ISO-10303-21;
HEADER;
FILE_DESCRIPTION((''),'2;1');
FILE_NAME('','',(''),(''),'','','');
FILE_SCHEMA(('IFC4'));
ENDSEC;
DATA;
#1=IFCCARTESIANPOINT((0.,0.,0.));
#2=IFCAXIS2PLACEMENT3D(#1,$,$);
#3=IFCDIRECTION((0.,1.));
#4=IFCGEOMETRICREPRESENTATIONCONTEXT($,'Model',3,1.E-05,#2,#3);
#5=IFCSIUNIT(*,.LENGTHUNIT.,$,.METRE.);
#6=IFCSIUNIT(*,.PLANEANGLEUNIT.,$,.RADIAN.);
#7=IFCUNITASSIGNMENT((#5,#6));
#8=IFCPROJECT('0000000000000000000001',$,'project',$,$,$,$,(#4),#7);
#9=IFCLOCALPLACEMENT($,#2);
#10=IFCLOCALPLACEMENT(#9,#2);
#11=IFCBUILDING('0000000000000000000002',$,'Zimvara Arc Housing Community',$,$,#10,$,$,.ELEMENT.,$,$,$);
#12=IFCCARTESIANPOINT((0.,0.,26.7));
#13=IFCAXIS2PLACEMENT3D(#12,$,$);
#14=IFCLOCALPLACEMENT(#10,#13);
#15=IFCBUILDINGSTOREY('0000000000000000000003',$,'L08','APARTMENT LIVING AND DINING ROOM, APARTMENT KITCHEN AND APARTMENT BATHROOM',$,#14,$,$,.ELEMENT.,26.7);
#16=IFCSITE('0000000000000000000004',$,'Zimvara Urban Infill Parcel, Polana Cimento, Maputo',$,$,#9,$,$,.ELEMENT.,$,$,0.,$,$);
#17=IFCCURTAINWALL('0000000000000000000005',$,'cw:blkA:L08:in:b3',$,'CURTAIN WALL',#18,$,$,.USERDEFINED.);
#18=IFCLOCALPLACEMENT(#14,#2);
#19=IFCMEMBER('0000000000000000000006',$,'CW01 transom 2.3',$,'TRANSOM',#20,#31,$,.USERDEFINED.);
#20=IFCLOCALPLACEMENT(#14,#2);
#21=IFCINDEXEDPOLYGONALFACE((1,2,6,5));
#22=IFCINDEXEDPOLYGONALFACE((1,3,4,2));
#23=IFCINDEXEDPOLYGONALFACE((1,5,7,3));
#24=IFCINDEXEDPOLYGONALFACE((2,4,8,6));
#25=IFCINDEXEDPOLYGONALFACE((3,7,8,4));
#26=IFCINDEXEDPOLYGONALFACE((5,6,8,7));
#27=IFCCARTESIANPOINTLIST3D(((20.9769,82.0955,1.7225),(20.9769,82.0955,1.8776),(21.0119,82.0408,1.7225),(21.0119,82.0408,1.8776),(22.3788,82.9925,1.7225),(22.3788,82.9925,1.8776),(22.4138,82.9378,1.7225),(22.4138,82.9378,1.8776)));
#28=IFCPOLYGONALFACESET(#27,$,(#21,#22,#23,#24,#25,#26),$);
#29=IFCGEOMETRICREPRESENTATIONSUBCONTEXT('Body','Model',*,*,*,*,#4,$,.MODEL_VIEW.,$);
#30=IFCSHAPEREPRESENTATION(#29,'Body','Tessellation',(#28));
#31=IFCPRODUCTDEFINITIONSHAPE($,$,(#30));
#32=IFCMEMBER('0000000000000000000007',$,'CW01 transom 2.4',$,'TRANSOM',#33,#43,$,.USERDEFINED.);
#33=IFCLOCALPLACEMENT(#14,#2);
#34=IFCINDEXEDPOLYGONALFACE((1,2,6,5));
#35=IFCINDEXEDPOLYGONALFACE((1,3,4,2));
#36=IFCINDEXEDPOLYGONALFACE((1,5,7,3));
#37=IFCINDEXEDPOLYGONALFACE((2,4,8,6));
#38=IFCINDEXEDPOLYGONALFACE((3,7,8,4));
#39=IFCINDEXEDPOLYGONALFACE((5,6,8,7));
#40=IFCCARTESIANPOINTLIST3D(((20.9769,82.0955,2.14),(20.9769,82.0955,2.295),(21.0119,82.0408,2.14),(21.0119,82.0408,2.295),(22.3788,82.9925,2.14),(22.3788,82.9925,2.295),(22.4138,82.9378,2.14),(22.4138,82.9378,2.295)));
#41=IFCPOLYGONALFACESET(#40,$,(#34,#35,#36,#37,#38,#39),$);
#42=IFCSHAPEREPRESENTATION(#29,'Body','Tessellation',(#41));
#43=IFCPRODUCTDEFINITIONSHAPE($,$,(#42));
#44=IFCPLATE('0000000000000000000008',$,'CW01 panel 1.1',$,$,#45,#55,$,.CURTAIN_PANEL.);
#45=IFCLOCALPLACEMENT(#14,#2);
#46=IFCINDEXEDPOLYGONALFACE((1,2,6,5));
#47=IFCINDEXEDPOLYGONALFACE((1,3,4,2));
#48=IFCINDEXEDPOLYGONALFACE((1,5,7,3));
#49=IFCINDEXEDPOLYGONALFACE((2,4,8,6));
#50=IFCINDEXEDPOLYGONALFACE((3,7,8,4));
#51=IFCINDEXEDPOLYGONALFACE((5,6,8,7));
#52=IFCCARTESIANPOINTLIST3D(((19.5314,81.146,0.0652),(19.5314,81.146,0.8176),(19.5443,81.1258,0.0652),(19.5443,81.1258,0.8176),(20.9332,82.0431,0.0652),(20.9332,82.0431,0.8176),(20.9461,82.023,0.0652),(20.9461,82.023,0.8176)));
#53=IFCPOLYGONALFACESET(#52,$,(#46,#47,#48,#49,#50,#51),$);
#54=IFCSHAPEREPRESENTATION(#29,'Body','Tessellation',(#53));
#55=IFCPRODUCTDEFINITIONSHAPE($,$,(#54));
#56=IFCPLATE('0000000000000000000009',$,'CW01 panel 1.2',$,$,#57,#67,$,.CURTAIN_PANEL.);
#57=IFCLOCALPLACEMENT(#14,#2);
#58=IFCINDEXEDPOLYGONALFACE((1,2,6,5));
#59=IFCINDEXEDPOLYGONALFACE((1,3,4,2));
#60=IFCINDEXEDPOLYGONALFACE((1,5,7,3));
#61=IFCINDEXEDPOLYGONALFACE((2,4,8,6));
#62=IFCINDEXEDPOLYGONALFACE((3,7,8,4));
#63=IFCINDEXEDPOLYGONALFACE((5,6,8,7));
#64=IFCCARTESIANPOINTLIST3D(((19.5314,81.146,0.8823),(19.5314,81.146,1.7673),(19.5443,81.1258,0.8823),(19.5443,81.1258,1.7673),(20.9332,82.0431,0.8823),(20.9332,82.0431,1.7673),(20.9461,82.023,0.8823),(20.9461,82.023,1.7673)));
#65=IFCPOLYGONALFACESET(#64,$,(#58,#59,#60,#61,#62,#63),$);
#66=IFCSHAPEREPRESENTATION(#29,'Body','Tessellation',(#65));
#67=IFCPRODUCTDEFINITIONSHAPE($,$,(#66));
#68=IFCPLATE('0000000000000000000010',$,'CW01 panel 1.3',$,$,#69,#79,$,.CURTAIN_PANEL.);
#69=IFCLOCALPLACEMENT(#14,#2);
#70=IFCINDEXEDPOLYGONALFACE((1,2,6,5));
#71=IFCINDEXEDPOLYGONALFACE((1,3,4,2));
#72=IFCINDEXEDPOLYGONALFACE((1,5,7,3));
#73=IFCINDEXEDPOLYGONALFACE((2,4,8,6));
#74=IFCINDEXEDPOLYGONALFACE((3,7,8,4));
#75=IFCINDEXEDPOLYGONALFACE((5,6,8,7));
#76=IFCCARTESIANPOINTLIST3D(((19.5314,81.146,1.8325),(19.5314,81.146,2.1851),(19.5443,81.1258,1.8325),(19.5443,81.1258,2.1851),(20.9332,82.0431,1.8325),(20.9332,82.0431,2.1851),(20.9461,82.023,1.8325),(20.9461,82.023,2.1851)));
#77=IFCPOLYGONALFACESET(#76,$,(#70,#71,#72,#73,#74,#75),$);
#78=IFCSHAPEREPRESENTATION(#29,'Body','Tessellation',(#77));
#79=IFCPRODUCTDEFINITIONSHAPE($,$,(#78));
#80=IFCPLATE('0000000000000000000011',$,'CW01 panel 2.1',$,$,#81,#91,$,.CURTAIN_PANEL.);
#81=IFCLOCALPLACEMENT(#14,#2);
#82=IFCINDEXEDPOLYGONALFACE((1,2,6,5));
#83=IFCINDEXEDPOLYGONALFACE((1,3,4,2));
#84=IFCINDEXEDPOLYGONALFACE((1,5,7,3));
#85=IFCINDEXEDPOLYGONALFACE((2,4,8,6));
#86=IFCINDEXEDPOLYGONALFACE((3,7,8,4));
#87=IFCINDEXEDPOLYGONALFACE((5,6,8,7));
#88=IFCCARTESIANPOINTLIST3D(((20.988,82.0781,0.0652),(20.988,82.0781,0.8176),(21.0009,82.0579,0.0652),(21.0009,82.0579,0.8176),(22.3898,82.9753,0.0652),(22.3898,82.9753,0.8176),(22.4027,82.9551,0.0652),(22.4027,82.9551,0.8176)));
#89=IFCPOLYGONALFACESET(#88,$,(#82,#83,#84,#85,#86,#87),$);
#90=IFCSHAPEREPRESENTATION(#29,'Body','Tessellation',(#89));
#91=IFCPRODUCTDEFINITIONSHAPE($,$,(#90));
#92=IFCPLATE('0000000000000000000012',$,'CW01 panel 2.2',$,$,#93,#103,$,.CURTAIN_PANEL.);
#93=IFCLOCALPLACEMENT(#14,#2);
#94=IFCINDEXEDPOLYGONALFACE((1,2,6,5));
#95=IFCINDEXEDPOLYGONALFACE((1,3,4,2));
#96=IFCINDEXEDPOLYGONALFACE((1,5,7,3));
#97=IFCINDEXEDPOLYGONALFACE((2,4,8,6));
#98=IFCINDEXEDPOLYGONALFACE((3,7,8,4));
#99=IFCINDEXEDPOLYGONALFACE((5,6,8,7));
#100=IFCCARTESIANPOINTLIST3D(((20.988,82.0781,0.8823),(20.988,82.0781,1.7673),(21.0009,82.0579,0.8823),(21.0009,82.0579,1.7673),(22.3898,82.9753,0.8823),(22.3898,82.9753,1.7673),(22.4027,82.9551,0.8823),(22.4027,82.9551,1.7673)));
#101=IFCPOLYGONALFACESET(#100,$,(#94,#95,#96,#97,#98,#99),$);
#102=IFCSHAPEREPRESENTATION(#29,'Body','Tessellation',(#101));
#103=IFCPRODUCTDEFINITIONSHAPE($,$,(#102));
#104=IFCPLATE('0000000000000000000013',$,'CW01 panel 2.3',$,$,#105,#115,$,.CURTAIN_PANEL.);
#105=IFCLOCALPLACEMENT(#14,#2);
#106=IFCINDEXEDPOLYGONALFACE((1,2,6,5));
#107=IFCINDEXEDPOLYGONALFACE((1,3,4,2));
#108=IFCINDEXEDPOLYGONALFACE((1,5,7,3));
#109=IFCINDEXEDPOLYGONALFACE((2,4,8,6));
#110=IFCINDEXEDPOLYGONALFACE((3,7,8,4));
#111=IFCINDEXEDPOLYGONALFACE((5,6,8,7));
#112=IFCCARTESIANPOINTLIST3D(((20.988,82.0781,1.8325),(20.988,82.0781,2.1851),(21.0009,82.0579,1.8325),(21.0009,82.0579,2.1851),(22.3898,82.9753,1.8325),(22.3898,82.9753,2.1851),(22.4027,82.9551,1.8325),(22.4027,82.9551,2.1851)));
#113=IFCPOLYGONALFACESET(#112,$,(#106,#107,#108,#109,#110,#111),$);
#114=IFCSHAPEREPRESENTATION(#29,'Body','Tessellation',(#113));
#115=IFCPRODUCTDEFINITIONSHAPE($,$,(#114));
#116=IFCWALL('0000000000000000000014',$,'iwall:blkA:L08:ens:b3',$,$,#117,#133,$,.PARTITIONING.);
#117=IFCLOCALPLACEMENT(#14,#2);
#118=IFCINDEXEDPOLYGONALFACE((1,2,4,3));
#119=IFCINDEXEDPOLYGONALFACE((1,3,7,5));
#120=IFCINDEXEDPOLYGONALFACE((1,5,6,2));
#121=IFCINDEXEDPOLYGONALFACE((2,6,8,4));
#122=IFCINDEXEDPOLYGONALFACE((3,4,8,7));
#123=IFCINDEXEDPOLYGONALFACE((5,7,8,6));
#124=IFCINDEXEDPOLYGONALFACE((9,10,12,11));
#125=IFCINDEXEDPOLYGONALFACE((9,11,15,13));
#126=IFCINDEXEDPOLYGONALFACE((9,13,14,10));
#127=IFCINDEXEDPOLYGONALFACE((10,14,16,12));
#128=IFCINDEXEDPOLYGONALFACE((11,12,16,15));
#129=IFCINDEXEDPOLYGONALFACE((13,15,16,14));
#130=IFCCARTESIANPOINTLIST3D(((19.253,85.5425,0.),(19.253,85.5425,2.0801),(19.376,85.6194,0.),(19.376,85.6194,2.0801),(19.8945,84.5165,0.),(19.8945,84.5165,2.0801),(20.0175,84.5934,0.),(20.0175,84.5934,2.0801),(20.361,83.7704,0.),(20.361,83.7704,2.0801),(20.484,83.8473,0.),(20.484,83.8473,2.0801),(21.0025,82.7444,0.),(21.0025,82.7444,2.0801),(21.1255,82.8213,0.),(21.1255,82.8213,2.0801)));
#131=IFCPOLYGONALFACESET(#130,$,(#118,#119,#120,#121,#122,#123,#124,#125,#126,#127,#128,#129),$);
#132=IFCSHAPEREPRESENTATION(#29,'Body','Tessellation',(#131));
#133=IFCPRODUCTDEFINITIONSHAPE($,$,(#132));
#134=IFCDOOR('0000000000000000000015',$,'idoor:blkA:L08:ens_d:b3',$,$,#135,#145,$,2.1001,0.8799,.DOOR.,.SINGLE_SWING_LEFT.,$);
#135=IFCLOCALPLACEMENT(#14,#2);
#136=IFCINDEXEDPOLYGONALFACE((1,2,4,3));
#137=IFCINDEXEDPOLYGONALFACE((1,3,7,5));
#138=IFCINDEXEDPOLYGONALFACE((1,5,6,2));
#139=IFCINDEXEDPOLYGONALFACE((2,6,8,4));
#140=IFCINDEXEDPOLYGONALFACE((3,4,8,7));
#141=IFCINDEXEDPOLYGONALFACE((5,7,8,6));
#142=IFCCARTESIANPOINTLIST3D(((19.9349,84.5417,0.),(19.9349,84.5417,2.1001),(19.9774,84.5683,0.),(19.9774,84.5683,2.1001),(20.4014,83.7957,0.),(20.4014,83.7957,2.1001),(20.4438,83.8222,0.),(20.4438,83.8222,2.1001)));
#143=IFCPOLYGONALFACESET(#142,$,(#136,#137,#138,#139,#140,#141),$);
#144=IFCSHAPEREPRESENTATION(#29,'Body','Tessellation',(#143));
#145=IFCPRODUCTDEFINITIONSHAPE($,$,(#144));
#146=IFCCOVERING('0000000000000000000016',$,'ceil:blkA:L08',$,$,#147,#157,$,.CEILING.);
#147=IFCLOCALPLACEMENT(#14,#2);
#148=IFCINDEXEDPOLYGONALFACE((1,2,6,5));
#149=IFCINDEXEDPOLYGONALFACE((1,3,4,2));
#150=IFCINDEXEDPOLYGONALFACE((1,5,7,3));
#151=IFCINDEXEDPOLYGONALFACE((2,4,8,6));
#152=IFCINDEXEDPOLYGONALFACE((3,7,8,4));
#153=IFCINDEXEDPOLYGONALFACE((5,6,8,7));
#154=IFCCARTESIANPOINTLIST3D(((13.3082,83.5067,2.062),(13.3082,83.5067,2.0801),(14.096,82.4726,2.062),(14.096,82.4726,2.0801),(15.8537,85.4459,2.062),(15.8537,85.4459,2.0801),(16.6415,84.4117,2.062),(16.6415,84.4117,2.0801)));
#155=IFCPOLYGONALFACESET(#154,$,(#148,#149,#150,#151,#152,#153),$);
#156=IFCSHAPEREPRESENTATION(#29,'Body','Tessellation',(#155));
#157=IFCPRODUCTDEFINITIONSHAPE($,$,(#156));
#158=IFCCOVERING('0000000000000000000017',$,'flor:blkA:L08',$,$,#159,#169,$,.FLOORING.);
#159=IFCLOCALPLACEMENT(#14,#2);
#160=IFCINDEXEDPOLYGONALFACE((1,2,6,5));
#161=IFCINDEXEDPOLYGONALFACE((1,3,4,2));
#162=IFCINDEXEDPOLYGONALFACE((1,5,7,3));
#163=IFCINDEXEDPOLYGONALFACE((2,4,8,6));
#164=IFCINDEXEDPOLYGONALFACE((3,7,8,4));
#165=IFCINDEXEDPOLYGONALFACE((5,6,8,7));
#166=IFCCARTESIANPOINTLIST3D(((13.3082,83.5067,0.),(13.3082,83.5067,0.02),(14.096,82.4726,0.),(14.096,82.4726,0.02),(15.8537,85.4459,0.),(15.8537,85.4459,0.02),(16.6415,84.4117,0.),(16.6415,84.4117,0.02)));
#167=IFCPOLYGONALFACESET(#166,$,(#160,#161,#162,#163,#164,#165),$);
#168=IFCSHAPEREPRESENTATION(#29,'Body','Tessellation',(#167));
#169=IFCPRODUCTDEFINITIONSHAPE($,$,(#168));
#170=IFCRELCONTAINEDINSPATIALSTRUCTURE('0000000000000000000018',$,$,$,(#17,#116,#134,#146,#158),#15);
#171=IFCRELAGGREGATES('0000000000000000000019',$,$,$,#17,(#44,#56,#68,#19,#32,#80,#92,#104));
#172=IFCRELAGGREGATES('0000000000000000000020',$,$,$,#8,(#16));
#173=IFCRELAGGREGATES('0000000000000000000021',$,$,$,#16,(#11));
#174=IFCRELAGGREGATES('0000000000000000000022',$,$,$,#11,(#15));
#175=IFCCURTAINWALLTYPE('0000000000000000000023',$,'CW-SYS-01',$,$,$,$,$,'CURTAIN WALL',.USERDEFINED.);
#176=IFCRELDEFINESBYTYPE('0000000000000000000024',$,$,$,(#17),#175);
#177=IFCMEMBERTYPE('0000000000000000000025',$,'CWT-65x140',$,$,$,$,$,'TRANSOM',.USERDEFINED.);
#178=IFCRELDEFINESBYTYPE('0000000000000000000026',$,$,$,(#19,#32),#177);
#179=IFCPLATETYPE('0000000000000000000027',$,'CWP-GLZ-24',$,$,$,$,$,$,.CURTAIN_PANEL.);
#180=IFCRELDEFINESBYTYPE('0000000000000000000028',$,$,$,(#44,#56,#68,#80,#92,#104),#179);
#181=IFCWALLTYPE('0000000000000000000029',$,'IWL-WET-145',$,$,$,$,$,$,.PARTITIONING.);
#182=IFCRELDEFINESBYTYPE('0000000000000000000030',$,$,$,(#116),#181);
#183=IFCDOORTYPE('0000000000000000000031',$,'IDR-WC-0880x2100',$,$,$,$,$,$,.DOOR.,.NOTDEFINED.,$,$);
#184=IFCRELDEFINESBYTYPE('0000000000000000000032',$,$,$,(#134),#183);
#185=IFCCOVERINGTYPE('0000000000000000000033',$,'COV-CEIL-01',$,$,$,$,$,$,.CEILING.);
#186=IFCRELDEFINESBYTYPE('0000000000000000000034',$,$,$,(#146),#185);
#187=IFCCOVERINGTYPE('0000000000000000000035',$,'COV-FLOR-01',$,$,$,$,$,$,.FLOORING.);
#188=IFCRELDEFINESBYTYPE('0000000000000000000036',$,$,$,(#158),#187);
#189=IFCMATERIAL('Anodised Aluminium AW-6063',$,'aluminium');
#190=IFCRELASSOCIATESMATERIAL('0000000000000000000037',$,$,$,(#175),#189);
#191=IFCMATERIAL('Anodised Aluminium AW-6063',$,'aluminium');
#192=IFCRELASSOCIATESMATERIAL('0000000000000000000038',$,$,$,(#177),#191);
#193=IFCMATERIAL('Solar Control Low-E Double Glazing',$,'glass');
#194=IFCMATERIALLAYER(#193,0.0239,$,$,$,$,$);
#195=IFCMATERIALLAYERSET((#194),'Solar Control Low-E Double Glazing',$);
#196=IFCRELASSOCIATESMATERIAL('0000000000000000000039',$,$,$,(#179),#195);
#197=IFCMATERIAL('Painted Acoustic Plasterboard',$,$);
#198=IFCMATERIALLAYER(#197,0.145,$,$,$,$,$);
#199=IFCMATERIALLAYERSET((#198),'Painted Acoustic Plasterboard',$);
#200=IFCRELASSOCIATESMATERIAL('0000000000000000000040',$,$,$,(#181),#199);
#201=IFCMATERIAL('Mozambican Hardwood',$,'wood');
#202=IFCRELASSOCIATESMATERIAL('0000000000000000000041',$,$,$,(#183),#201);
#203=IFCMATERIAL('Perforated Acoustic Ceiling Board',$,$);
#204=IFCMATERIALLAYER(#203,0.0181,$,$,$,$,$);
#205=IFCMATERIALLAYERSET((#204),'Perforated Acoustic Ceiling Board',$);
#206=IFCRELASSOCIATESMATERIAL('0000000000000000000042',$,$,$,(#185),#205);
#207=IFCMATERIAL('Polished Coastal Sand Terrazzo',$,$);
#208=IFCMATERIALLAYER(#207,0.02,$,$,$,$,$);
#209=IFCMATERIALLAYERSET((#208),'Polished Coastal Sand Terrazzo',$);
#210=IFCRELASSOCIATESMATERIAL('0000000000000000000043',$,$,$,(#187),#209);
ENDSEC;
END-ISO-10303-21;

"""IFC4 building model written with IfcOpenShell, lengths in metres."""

from ifc_helpers import new_model, si_unit, direction, frame, frame_2d, origin, origin_2d, place, context, subcontext, project, spatial, rectangle, extrude, material, layer, layer_set, material_profile, profile_set, type_object, element, fill, aggregate, save


model = new_model("IFC4")

# Units and contexts
model_context = context("Model", 3, precision=1e-05, world=origin(), true_north=direction((0.0, 1.0)))
body_context = subcontext(model_context, "Body", "Model", "MODEL_VIEW")
ifc_project = project(units=[si_unit("LENGTHUNIT", "METRE"), si_unit("PLANEANGLEUNIT", "RADIAN")], contexts=[model_context])

# Site, building, storey
site_placement = place(None, origin())
site = spatial("IfcSite", under=ifc_project, at=site_placement, Name="Zimvara Urban Infill Parcel, Polana Cimento, Maputo", CompositionType="ELEMENT", RefElevation=0.0)
building_placement = place(site_placement, origin())
building = spatial("IfcBuilding", under=site, at=building_placement, Name="Zimvara Arc Housing Community", CompositionType="ELEMENT")
storey_placement = place(building_placement, frame((0.0, 0.0, 26.7)))
storey = spatial("IfcBuildingStorey", under=building, at=storey_placement, Name="L08", Description="APARTMENT LIVING AND DINING ROOM, APARTMENT KITCHEN AND APARTMENT BATHROOM", CompositionType="ELEMENT", Elevation=26.7)

# Curtain wall, members, plates
ifc_material_1 = material(Name="Anodised Aluminium AW-6063", Category="aluminium")
curtain_wall_type = type_object("IfcCurtainWallType", Name="CW-SYS-01", ElementType="CURTAIN WALL", PredefinedType="USERDEFINED", material=ifc_material_1)
curtain_wall_placement = place(storey_placement, origin())
curtain_wall = element("IfcCurtainWall", 1, at=curtain_wall_placement, inside=storey, type_object=curtain_wall_type, Name="cw:blkA:L08:in:b3", ObjectType="CURTAIN WALL", PredefinedType="USERDEFINED")
ifc_material_2 = material(Name="Anodised Aluminium AW-6063", Category="aluminium")
ifc_material_profile_1 = material_profile(ifc_material_2, rectangle(XDim=0.0649, YDim=0.155, at=origin_2d()), Name="ALU 65x155")
ifc_profile_set_1 = profile_set([ifc_material_profile_1], Name="Anodised Aluminium AW-6063")
member_type_1 = type_object("IfcMemberType", Name="CWT-65x140", ElementType="TRANSOM", PredefinedType="USERDEFINED", material=ifc_profile_set_1)
member_1_placement = place(storey_placement, frame((20.9944, 82.0681, 1.8), z_axis=(0.84233, 0.538962, 0.0), x_axis=(-0.538962, 0.84233, 0.0)))
member_1 = element("IfcMember", 2, at=member_1_placement, type_object=member_type_1, Name="CW01 transom 2.3", ObjectType="TRANSOM", PredefinedType="USERDEFINED", context=body_context, shape_type="SweptSolid", body=[
    extrude(rectangle(XDim=0.0649, YDim=0.155, at=origin_2d()), origin(), (0.0, 0.0, 1.0), 1.6643),
])
member_2_placement = place(storey_placement, frame((20.9944, 82.0681, 2.2175), z_axis=(0.84233, 0.538962, 0.0), x_axis=(-0.538962, 0.84233, 0.0)))
member_2 = element("IfcMember", 3, at=member_2_placement, type_object=member_type_1, Name="CW01 transom 2.4", ObjectType="TRANSOM", PredefinedType="USERDEFINED", context=body_context, shape_type="SweptSolid", body=[
    extrude(rectangle(XDim=0.0649, YDim=0.155, at=origin_2d()), origin(), (0.0, 0.0, 1.0), 1.6643),
])
ifc_material_3 = material(Name="Solar Control Low-E Double Glazing", Category="glass")
ifc_layer_1 = layer(ifc_material_3, 0.0239)
ifc_layer_set_1 = layer_set([ifc_layer_1], Name="Solar Control Low-E Double Glazing")
plate_type = type_object("IfcPlateType", Name="CWP-GLZ-24", PredefinedType="CURTAIN_PANEL", material=ifc_layer_set_1)
plate_1_placement = place(storey_placement, frame((20.2388, 81.5845, 0.0652), z_axis=(0.0, 0.0, 1.0), x_axis=(0.842265, 0.539064, 0.0)))
plate_1 = element("IfcPlate", 4, at=plate_1_placement, type_object=plate_type, Name="CW01 panel 1.1", PredefinedType="CURTAIN_PANEL", context=body_context, shape_type="SweptSolid", body=[
    extrude(rectangle(XDim=1.6643, YDim=0.0239, at=origin_2d()), origin(), (0.0, 0.0, 1.0), 0.7524),
])
plate_2_placement = place(storey_placement, frame((20.2388, 81.5845, 0.8823), z_axis=(0.0, 0.0, 1.0), x_axis=(0.842265, 0.539064, 0.0)))
plate_2 = element("IfcPlate", 5, at=plate_2_placement, type_object=plate_type, Name="CW01 panel 1.2", PredefinedType="CURTAIN_PANEL", context=body_context, shape_type="SweptSolid", body=[
    extrude(rectangle(XDim=1.6643, YDim=0.0239, at=origin_2d()), origin(), (0.0, 0.0, 1.0), 0.885),
])
plate_3_placement = place(storey_placement, frame((20.2388, 81.5845, 1.8325), z_axis=(0.0, 0.0, 1.0), x_axis=(0.842265, 0.539064, 0.0)))
plate_3 = element("IfcPlate", 6, at=plate_3_placement, type_object=plate_type, Name="CW01 panel 1.3", PredefinedType="CURTAIN_PANEL", context=body_context, shape_type="SweptSolid", body=[
    extrude(rectangle(XDim=1.6643, YDim=0.0239, at=origin_2d()), origin(), (0.0, 0.0, 1.0), 0.3525),
])
plate_4_placement = place(storey_placement, frame((21.6953, 82.5166, 0.0652), z_axis=(0.0, 0.0, 1.0), x_axis=(0.842265, 0.539064, 0.0)))
plate_4 = element("IfcPlate", 7, at=plate_4_placement, type_object=plate_type, Name="CW01 panel 2.1", PredefinedType="CURTAIN_PANEL", context=body_context, shape_type="SweptSolid", body=[
    extrude(rectangle(XDim=1.6643, YDim=0.0239, at=origin_2d()), origin(), (0.0, 0.0, 1.0), 0.7524),
])
plate_5_placement = place(storey_placement, frame((21.6953, 82.5166, 0.8823), z_axis=(0.0, 0.0, 1.0), x_axis=(0.842265, 0.539064, 0.0)))
plate_5 = element("IfcPlate", 8, at=plate_5_placement, type_object=plate_type, Name="CW01 panel 2.2", PredefinedType="CURTAIN_PANEL", context=body_context, shape_type="SweptSolid", body=[
    extrude(rectangle(XDim=1.6643, YDim=0.0239, at=origin_2d()), origin(), (0.0, 0.0, 1.0), 0.885),
])
plate_6_placement = place(storey_placement, frame((21.6953, 82.5166, 1.8325), z_axis=(0.0, 0.0, 1.0), x_axis=(0.842265, 0.539064, 0.0)))
plate_6 = element("IfcPlate", 9, at=plate_6_placement, type_object=plate_type, Name="CW01 panel 2.3", PredefinedType="CURTAIN_PANEL", context=body_context, shape_type="SweptSolid", body=[
    extrude(rectangle(XDim=1.6643, YDim=0.0239, at=origin_2d()), origin(), (0.0, 0.0, 1.0), 0.3525),
])
aggregate(curtain_wall, [plate_1, plate_2, plate_3, member_1, member_2, plate_4, plate_5, plate_6])

# Wall, opening, door
ifc_material_4 = material(Name="Painted Acoustic Plasterboard")
ifc_layer_2 = layer(ifc_material_4, 0.145)
ifc_layer_set_2 = layer_set([ifc_layer_2], Name="Painted Acoustic Plasterboard")
wall_type = type_object("IfcWallType", Name="IWL-WET-145", PredefinedType="PARTITIONING", material=ifc_layer_set_2)
wall_placement = place(storey_placement, frame((21.064, 82.783, 0.0), z_axis=(0.0, 0.0, 1.0), x_axis=(-0.530152, 0.847903, 0.0)))
wall = element("IfcWall", 10, at=wall_placement, inside=storey, type_object=wall_type, Name="iwall:blkA:L08:ens:b3", PredefinedType="PARTITIONING", context=body_context, shape_type="SweptSolid", body=[
    extrude(rectangle(XDim=3.3, YDim=0.145, at=frame_2d((1.6499, 0.0))), origin(), (0.0, 0.0, 1.0), 2.0801),
])
opening_placement = place(wall_placement, frame((1.21, 0.0, 0.0)))
opening = element("IfcOpeningElement", 11, at=opening_placement, cuts=wall, PredefinedType="OPENING", context=body_context, shape_type="SweptSolid", body=[
    extrude(rectangle(XDim=0.8799, YDim=2.1001, at=frame_2d((0.4399, 1.05))), frame((0.0, 0.0825, 0.0), z_axis=(0.0, -1.0, 0.0), x_axis=(1.0, 0.0, 0.0)), (0.0, 0.0, 1.0), 0.165),
])
ifc_material_5 = material(Name="Mozambican Hardwood", Category="wood")
door_type = type_object("IfcDoorType", Name="IDR-WC-0880x2100", OperationType="NOTDEFINED", PredefinedType="DOOR", material=ifc_material_5)
door_placement = place(opening_placement, origin())
door = element("IfcDoor", 12, at=door_placement, inside=storey, type_object=door_type, Name="idoor:blkA:L08:ens_d:b3", OperationType="SINGLE_SWING_LEFT", OverallHeight=2.1001, OverallWidth=0.8799, PredefinedType="DOOR", context=body_context, shape_type="SweptSolid", body=[
    extrude(rectangle(XDim=0.8799, YDim=2.1001, at=frame_2d((0.4399, 1.05))), frame((0.0, 0.0249, 0.0), z_axis=(0.0, -1.0, 0.0), x_axis=(1.0, 0.0, 0.0)), (0.0, 0.0, 1.0), 0.05),
])
fill(opening, door)

# Coverings
ifc_material_6 = material(Name="Perforated Acoustic Ceiling Board")
ifc_layer_3 = layer(ifc_material_6, 0.0181)
ifc_layer_set_3 = layer_set([ifc_layer_3], Name="Perforated Acoustic Ceiling Board")
covering_type_1 = type_object("IfcCoveringType", Name="COV-CEIL-01", PredefinedType="CEILING", material=ifc_layer_set_3)
covering_1_placement = place(storey_placement, frame((14.9749, 83.9592, 2.062), z_axis=(0.0, 0.0, 1.0), x_axis=(-0.605988, 0.795473, 0.0)))
element("IfcCovering", 13, at=covering_1_placement, inside=storey, type_object=covering_type_1, Name="ceil:blkA:L08", PredefinedType="CEILING", context=body_context, shape_type="SweptSolid", body=[
    extrude(rectangle(XDim=1.3, YDim=3.2, at=origin_2d()), origin(), (0.0, 0.0, 1.0), 0.0181),
])
ifc_material_7 = material(Name="Polished Coastal Sand Terrazzo")
ifc_layer_4 = layer(ifc_material_7, 0.02)
ifc_layer_set_4 = layer_set([ifc_layer_4], Name="Polished Coastal Sand Terrazzo")
covering_type_2 = type_object("IfcCoveringType", Name="COV-FLOR-01", PredefinedType="FLOORING", material=ifc_layer_set_4)
covering_2_placement = place(storey_placement, frame((14.9749, 83.9592, 0.0), z_axis=(0.0, 0.0, 1.0), x_axis=(-0.605988, 0.795473, 0.0)))
element("IfcCovering", 14, at=covering_2_placement, inside=storey, type_object=covering_type_2, Name="flor:blkA:L08", PredefinedType="FLOORING", context=body_context, shape_type="SweptSolid", body=[
    extrude(rectangle(XDim=1.3, YDim=3.2, at=origin_2d()), origin(), (0.0, 0.0, 1.0), 0.02),
])

save(model, "model.ifc")
